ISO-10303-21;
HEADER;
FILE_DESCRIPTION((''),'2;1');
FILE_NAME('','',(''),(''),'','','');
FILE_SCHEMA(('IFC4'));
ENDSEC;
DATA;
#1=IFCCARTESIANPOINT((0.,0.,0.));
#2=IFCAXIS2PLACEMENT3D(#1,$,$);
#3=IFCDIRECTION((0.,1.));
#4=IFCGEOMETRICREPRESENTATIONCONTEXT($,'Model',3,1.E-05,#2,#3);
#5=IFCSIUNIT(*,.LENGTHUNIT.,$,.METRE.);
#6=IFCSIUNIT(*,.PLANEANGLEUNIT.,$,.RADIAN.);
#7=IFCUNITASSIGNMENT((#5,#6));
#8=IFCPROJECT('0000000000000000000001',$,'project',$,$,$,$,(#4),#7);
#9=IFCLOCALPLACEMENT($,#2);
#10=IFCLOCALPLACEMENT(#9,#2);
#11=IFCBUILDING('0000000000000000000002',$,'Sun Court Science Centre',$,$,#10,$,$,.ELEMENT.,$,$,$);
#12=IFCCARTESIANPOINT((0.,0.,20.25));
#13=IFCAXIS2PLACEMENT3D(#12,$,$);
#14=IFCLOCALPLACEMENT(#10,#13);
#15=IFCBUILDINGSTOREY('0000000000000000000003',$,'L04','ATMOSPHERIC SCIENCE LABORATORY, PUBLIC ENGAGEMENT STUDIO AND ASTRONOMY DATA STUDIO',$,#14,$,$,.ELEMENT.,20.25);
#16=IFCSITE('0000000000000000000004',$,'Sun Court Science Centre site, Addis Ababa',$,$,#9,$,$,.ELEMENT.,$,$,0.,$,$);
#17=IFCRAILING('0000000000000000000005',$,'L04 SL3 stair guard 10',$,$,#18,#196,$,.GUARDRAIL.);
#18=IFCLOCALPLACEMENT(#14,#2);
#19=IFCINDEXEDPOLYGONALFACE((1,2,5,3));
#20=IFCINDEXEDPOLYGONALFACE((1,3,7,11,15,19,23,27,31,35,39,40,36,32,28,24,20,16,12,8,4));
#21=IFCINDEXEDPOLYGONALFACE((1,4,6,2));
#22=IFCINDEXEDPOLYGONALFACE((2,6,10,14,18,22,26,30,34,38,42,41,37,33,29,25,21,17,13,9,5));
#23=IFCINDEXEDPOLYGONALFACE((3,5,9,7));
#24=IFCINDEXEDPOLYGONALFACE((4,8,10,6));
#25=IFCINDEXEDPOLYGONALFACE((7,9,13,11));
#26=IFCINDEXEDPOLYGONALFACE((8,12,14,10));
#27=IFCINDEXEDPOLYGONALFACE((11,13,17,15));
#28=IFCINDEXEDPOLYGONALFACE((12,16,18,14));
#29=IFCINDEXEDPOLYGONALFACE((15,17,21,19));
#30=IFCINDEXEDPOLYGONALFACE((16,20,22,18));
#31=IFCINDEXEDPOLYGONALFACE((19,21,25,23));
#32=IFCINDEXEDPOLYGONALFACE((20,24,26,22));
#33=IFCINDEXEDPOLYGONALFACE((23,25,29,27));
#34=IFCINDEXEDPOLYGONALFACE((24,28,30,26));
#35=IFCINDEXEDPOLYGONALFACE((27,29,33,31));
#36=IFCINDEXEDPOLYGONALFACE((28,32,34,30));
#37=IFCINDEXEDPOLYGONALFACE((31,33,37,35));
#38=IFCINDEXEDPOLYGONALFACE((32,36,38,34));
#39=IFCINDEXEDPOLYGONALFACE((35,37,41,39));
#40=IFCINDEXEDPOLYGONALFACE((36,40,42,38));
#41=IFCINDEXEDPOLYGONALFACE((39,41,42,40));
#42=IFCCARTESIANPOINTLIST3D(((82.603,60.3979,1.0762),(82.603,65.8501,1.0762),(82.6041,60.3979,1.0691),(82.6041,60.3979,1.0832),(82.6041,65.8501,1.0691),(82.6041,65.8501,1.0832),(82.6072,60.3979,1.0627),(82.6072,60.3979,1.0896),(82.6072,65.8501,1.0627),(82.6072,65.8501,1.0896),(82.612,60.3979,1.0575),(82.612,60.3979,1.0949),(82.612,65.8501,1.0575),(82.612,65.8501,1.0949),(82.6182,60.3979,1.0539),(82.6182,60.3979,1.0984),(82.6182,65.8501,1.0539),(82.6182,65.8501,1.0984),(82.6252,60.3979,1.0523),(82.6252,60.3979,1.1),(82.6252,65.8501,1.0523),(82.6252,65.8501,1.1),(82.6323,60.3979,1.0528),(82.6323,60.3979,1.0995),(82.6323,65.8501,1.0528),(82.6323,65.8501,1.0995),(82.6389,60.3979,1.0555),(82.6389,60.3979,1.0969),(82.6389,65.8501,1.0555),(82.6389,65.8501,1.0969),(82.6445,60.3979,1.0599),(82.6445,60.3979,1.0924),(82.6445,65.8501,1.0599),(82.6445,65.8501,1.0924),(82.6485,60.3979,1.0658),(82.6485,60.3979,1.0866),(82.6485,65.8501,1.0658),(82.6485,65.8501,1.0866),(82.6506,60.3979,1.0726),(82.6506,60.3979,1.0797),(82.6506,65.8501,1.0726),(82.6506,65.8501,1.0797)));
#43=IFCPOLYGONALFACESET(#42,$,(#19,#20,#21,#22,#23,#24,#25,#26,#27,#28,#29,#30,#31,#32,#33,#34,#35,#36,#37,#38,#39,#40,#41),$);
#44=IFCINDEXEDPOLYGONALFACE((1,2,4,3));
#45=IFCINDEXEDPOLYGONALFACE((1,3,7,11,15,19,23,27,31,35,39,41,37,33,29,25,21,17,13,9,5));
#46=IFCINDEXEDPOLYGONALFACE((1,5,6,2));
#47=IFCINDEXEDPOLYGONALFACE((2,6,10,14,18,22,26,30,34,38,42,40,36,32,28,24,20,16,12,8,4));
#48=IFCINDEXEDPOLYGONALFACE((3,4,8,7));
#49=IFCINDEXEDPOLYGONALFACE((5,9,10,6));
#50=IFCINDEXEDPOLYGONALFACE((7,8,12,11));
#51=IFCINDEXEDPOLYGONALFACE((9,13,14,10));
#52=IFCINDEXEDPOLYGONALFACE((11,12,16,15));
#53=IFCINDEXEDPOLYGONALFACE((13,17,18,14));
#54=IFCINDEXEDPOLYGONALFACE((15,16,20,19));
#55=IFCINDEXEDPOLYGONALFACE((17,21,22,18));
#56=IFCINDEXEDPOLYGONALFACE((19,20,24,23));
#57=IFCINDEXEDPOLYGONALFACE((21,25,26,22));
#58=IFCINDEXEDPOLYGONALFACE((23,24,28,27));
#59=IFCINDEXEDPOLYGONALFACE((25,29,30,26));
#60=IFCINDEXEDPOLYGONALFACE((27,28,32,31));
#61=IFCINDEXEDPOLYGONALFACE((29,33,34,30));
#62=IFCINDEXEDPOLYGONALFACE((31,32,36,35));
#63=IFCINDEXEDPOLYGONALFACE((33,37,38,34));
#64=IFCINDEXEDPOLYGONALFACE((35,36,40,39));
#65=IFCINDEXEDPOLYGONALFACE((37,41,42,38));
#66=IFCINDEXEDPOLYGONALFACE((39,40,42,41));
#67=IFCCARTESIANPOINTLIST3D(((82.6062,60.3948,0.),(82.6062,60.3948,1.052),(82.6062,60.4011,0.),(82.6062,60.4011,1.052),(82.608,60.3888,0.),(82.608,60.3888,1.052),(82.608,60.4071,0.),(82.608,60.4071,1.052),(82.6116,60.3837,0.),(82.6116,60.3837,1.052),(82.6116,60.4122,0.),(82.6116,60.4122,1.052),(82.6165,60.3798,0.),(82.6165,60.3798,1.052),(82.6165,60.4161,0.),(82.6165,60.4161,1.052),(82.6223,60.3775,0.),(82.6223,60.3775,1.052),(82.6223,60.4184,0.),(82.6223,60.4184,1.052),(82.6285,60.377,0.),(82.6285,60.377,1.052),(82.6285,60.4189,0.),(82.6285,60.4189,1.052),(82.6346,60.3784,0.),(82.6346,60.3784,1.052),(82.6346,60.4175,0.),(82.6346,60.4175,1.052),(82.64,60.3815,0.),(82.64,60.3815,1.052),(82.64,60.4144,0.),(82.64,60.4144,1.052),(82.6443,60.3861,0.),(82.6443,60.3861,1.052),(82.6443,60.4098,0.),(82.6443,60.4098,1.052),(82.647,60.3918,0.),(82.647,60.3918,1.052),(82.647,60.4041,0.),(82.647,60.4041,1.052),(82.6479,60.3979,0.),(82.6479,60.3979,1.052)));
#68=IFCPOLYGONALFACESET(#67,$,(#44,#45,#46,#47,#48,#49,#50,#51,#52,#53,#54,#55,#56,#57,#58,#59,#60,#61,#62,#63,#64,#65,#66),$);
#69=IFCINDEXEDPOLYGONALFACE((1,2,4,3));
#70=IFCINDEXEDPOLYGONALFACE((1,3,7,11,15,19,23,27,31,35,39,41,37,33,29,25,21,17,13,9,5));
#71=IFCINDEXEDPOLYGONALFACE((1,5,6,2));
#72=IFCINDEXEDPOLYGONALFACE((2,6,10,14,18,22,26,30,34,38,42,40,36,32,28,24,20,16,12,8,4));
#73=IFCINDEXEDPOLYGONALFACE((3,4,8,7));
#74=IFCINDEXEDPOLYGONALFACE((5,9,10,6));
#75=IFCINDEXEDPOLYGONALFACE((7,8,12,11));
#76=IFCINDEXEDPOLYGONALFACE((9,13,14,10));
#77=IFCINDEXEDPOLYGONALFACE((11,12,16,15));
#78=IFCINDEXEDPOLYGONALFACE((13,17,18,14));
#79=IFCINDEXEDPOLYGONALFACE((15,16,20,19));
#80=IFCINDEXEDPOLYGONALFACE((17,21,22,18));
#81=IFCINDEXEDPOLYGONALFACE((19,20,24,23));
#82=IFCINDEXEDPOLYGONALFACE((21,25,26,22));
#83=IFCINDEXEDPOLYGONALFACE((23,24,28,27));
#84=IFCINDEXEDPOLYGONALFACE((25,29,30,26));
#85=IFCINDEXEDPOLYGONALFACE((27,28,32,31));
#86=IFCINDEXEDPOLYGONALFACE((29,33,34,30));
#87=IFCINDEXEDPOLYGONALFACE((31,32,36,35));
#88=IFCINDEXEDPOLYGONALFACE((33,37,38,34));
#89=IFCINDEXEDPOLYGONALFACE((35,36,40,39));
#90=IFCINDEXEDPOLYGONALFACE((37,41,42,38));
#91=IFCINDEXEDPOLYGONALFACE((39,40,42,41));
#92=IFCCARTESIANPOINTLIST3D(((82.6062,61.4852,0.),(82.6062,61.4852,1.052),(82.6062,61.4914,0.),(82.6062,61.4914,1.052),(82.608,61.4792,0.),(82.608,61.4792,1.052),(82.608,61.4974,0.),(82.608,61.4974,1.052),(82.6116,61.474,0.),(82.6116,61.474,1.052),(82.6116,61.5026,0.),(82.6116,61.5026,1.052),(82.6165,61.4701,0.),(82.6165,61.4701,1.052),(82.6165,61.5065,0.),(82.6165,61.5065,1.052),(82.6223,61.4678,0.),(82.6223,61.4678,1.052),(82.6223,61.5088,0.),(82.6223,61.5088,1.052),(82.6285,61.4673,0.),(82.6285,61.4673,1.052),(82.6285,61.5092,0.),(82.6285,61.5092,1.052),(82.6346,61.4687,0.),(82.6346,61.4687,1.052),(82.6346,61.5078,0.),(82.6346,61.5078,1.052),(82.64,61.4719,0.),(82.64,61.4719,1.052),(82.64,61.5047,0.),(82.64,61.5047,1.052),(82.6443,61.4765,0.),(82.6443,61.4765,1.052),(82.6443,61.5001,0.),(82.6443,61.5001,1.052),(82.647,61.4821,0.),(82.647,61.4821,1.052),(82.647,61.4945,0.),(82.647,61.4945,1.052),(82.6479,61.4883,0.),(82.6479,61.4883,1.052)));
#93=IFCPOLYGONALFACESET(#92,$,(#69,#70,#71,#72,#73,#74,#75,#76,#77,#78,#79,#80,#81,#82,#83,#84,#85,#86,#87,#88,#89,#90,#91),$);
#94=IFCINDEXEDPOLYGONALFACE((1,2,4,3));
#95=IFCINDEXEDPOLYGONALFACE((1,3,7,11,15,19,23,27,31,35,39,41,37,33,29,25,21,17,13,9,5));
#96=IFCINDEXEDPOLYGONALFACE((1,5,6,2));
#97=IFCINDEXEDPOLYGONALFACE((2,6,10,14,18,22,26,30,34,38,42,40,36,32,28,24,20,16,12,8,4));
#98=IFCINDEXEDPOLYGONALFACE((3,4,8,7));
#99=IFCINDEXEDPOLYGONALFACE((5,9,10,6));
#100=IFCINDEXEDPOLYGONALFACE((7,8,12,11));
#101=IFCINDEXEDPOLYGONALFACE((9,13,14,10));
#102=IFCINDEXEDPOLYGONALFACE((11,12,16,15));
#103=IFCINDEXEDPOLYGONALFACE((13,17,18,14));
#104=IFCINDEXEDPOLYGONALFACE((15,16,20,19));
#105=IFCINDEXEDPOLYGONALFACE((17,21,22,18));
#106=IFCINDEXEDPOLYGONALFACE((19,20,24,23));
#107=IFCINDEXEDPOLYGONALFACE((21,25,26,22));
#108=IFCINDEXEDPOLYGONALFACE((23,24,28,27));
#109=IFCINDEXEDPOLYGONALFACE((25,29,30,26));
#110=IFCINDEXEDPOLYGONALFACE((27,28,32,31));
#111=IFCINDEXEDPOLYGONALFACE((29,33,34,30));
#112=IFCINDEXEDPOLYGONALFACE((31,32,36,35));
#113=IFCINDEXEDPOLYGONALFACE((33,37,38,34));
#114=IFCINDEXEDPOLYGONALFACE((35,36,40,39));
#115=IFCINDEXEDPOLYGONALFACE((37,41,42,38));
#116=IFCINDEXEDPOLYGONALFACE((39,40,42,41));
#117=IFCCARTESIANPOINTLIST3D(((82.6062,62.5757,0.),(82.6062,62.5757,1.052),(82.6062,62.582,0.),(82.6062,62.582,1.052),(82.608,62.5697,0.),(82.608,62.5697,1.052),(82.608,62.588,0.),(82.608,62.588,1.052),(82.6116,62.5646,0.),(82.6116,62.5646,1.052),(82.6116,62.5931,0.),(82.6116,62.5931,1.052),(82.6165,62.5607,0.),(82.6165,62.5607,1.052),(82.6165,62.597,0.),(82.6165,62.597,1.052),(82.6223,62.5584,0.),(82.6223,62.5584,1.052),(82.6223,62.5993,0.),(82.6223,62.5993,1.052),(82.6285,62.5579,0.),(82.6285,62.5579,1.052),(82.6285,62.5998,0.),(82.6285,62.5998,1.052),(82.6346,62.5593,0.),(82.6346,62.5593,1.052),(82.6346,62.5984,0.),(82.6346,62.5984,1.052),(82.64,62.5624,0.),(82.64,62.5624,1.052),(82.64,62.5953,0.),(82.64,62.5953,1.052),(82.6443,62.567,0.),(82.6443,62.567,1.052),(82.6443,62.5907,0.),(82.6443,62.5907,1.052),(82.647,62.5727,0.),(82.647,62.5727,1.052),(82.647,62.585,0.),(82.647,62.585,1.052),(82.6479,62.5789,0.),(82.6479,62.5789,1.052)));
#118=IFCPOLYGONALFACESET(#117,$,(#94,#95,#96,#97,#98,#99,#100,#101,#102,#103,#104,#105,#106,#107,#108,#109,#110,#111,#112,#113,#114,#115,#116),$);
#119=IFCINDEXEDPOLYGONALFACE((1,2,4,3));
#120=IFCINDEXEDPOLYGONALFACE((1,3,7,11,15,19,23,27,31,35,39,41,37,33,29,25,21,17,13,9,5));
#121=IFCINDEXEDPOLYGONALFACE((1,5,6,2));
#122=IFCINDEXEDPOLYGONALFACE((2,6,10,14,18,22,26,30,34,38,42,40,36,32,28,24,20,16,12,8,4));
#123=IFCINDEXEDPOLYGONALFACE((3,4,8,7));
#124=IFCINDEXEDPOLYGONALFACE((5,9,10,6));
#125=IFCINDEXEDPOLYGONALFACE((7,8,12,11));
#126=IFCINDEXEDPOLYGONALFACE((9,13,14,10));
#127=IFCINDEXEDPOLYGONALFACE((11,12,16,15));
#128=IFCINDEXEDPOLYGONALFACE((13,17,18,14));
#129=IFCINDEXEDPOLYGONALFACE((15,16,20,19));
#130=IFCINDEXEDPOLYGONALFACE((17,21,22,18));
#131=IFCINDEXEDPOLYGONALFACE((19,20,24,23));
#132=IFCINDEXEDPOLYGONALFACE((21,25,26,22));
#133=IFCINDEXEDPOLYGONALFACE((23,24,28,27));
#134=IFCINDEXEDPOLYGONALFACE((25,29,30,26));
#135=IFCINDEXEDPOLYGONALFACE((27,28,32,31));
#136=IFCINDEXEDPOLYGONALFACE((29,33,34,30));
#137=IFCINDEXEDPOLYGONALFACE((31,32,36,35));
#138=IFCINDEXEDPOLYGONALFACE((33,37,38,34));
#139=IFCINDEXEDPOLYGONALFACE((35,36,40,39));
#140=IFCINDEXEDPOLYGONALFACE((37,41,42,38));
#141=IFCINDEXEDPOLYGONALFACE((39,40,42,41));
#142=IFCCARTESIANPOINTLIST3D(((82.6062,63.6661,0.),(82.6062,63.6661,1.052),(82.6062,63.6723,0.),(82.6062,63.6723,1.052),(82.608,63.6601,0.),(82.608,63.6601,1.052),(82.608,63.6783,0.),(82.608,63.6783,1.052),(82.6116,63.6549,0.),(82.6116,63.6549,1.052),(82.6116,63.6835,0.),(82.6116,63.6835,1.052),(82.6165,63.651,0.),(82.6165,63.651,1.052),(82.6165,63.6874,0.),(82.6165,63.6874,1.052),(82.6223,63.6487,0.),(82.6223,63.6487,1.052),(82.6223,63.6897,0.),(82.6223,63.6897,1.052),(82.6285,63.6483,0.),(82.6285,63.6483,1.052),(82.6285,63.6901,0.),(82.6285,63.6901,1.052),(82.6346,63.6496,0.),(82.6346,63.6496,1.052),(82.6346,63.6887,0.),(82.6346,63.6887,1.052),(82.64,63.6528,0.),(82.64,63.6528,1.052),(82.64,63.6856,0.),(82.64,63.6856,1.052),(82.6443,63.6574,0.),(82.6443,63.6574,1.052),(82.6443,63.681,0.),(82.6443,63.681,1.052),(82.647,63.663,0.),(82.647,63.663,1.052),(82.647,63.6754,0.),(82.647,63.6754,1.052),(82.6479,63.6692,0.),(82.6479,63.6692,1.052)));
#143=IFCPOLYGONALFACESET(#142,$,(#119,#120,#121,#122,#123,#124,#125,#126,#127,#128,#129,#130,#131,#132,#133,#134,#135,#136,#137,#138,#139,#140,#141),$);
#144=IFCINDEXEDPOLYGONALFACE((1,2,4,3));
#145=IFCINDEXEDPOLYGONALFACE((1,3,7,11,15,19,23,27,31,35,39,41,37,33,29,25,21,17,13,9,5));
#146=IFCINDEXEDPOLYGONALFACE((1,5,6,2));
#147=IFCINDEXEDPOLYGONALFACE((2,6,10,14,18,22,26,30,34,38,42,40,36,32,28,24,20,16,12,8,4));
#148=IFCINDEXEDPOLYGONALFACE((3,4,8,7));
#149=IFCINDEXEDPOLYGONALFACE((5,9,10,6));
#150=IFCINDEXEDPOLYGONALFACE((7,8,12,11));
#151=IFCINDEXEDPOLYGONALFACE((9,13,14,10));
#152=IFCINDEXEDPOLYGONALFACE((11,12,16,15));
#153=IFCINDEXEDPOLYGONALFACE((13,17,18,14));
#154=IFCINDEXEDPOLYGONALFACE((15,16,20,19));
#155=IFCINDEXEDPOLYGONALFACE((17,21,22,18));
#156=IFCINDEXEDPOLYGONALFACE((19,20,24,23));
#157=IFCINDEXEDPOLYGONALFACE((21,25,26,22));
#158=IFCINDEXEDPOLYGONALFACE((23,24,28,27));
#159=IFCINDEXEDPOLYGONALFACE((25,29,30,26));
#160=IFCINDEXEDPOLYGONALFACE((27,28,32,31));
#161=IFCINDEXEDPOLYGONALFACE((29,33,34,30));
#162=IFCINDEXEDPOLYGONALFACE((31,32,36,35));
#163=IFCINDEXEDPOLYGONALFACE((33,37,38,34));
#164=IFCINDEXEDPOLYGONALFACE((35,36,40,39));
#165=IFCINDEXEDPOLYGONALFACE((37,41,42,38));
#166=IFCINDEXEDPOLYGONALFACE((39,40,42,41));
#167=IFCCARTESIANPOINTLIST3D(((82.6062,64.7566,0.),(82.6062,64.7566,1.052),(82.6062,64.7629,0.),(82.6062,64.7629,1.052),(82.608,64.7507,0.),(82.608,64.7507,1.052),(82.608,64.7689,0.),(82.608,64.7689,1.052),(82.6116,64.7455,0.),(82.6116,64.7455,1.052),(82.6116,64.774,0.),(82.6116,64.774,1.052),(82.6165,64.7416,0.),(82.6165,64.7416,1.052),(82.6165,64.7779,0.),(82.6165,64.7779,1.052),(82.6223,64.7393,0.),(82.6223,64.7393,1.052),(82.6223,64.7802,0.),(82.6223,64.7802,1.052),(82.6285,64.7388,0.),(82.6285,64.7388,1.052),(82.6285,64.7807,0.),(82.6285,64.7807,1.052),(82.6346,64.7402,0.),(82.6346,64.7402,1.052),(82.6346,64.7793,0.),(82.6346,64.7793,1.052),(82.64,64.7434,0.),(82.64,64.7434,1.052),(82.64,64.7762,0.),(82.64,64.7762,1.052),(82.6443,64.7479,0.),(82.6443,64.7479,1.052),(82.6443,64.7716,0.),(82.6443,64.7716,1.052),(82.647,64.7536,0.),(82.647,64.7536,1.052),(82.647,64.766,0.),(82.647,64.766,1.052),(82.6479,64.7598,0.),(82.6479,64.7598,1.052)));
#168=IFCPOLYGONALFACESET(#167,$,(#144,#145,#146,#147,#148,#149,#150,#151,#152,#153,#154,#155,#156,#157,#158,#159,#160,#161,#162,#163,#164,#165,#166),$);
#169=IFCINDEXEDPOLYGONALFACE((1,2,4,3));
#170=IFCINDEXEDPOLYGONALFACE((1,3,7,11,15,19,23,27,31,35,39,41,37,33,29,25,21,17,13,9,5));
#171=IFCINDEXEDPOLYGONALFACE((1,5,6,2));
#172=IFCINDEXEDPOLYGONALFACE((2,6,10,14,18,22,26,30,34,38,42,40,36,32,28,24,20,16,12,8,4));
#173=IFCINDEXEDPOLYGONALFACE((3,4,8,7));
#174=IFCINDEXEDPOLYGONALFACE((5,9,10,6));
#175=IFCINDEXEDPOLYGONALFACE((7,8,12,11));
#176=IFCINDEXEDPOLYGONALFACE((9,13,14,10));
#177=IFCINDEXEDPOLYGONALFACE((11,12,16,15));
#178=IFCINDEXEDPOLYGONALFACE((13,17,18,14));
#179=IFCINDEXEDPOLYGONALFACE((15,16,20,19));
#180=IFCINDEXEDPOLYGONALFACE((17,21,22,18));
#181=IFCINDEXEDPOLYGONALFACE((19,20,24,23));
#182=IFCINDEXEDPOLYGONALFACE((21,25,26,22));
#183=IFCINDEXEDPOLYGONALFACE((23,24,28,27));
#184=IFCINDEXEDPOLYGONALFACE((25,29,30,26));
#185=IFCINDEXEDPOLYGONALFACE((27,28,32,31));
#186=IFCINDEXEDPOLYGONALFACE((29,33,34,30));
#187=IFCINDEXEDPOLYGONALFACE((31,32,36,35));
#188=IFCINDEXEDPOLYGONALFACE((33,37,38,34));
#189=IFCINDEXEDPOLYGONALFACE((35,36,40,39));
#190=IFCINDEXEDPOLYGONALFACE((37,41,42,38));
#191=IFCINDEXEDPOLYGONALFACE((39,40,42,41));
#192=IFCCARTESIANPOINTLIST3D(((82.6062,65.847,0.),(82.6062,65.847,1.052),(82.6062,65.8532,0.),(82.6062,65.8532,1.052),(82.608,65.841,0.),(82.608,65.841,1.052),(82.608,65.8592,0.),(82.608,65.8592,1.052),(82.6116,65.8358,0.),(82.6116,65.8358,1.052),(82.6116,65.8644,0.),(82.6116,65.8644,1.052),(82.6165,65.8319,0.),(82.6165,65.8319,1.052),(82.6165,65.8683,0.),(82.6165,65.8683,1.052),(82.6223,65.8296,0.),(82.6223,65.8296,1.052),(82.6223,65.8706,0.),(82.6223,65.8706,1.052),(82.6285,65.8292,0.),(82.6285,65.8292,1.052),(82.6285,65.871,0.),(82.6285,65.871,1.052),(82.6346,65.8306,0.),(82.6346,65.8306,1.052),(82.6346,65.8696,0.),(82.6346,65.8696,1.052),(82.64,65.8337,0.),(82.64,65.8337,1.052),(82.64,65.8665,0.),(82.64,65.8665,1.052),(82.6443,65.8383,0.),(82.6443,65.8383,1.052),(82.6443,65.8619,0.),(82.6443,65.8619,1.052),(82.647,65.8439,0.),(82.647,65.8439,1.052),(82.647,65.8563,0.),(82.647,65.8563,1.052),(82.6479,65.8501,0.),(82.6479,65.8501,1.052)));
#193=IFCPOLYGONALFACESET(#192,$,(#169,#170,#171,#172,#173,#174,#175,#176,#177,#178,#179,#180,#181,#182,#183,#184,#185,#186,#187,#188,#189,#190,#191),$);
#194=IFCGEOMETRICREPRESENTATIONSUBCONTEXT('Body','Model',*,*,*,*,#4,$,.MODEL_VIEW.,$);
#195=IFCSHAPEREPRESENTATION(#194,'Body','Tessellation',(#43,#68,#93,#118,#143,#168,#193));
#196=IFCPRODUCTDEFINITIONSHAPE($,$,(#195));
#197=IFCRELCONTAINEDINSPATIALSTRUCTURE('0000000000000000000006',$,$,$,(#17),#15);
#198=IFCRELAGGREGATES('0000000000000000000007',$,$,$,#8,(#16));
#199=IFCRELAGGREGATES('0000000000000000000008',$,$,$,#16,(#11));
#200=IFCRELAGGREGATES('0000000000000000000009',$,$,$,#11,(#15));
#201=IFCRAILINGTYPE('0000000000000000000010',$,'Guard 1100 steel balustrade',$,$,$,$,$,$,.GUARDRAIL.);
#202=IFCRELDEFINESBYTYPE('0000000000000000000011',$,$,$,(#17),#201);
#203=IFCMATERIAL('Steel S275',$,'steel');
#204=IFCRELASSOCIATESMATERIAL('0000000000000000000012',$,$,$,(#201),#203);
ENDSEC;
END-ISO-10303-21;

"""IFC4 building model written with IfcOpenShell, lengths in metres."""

from ifc_helpers import new_model, si_unit, direction, frame, origin, origin_2d, place, context, subcontext, project, spatial, circle, extrude, material, type_object, element, save


model = new_model("IFC4")

# Units and contexts
model_context = context("Model", 3, precision=1e-05, world=origin(), true_north=direction((0.0, 1.0)))
body_context = subcontext(model_context, "Body", "Model", "MODEL_VIEW")
ifc_project = project(units=[si_unit("LENGTHUNIT", "METRE"), si_unit("PLANEANGLEUNIT", "RADIAN")], contexts=[model_context])

# Site, building, storey
site_placement = place(None, origin())
site = spatial("IfcSite", under=ifc_project, at=site_placement, Name="Sun Court Science Centre site, Addis Ababa", CompositionType="ELEMENT", RefElevation=0.0)
building_placement = place(site_placement, origin())
building = spatial("IfcBuilding", under=site, at=building_placement, Name="Sun Court Science Centre", CompositionType="ELEMENT")
storey_placement = place(building_placement, frame((0.0, 0.0, 20.25)))
storey = spatial("IfcBuildingStorey", under=building, at=storey_placement, Name="L04", Description="ATMOSPHERIC SCIENCE LABORATORY, PUBLIC ENGAGEMENT STUDIO AND ASTRONOMY DATA STUDIO", CompositionType="ELEMENT", Elevation=20.25)

# Railing
ifc_material_1 = material(Name="Steel S275", Category="steel")
railing_type_1 = type_object("IfcRailingType", Name="Guard 1100 steel balustrade", PredefinedType="GUARDRAIL", material=ifc_material_1)
railing_1_placement = place(storey_placement, frame((82.627, 60.3979, 0.0)))
element("IfcRailing", 1, at=railing_1_placement, inside=storey, type_object=railing_type_1, Name="L04 SL3 stair guard 10", PredefinedType="GUARDRAIL", context=body_context, shape_type="SweptSolid", body=[
    extrude(circle(Radius=0.0239, at=origin_2d()), frame((0.0, 0.0, 1.0762), z_axis=(0.0, 1.0, 0.0), x_axis=(-1.0, 0.0, 0.0)), (0.0, 0.0, 1.0), 5.4521),
    extrude(circle(Radius=0.021, at=origin_2d()), origin(), (0.0, 0.0, 1.0), 1.052),
    extrude(circle(Radius=0.021, at=origin_2d()), frame((0.0, 1.0903, 0.0)), (0.0, 0.0, 1.0), 1.052),
    extrude(circle(Radius=0.021, at=origin_2d()), frame((0.0, 2.1809, 0.0)), (0.0, 0.0, 1.0), 1.052),
    extrude(circle(Radius=0.021, at=origin_2d()), frame((0.0, 3.2712, 0.0)), (0.0, 0.0, 1.0), 1.052),
    extrude(circle(Radius=0.021, at=origin_2d()), frame((0.0, 4.3618, 0.0)), (0.0, 0.0, 1.0), 1.052),
    extrude(circle(Radius=0.021, at=origin_2d()), frame((0.0, 5.4521, 0.0)), (0.0, 0.0, 1.0), 1.052),
])

save(model, "model.ifc")
